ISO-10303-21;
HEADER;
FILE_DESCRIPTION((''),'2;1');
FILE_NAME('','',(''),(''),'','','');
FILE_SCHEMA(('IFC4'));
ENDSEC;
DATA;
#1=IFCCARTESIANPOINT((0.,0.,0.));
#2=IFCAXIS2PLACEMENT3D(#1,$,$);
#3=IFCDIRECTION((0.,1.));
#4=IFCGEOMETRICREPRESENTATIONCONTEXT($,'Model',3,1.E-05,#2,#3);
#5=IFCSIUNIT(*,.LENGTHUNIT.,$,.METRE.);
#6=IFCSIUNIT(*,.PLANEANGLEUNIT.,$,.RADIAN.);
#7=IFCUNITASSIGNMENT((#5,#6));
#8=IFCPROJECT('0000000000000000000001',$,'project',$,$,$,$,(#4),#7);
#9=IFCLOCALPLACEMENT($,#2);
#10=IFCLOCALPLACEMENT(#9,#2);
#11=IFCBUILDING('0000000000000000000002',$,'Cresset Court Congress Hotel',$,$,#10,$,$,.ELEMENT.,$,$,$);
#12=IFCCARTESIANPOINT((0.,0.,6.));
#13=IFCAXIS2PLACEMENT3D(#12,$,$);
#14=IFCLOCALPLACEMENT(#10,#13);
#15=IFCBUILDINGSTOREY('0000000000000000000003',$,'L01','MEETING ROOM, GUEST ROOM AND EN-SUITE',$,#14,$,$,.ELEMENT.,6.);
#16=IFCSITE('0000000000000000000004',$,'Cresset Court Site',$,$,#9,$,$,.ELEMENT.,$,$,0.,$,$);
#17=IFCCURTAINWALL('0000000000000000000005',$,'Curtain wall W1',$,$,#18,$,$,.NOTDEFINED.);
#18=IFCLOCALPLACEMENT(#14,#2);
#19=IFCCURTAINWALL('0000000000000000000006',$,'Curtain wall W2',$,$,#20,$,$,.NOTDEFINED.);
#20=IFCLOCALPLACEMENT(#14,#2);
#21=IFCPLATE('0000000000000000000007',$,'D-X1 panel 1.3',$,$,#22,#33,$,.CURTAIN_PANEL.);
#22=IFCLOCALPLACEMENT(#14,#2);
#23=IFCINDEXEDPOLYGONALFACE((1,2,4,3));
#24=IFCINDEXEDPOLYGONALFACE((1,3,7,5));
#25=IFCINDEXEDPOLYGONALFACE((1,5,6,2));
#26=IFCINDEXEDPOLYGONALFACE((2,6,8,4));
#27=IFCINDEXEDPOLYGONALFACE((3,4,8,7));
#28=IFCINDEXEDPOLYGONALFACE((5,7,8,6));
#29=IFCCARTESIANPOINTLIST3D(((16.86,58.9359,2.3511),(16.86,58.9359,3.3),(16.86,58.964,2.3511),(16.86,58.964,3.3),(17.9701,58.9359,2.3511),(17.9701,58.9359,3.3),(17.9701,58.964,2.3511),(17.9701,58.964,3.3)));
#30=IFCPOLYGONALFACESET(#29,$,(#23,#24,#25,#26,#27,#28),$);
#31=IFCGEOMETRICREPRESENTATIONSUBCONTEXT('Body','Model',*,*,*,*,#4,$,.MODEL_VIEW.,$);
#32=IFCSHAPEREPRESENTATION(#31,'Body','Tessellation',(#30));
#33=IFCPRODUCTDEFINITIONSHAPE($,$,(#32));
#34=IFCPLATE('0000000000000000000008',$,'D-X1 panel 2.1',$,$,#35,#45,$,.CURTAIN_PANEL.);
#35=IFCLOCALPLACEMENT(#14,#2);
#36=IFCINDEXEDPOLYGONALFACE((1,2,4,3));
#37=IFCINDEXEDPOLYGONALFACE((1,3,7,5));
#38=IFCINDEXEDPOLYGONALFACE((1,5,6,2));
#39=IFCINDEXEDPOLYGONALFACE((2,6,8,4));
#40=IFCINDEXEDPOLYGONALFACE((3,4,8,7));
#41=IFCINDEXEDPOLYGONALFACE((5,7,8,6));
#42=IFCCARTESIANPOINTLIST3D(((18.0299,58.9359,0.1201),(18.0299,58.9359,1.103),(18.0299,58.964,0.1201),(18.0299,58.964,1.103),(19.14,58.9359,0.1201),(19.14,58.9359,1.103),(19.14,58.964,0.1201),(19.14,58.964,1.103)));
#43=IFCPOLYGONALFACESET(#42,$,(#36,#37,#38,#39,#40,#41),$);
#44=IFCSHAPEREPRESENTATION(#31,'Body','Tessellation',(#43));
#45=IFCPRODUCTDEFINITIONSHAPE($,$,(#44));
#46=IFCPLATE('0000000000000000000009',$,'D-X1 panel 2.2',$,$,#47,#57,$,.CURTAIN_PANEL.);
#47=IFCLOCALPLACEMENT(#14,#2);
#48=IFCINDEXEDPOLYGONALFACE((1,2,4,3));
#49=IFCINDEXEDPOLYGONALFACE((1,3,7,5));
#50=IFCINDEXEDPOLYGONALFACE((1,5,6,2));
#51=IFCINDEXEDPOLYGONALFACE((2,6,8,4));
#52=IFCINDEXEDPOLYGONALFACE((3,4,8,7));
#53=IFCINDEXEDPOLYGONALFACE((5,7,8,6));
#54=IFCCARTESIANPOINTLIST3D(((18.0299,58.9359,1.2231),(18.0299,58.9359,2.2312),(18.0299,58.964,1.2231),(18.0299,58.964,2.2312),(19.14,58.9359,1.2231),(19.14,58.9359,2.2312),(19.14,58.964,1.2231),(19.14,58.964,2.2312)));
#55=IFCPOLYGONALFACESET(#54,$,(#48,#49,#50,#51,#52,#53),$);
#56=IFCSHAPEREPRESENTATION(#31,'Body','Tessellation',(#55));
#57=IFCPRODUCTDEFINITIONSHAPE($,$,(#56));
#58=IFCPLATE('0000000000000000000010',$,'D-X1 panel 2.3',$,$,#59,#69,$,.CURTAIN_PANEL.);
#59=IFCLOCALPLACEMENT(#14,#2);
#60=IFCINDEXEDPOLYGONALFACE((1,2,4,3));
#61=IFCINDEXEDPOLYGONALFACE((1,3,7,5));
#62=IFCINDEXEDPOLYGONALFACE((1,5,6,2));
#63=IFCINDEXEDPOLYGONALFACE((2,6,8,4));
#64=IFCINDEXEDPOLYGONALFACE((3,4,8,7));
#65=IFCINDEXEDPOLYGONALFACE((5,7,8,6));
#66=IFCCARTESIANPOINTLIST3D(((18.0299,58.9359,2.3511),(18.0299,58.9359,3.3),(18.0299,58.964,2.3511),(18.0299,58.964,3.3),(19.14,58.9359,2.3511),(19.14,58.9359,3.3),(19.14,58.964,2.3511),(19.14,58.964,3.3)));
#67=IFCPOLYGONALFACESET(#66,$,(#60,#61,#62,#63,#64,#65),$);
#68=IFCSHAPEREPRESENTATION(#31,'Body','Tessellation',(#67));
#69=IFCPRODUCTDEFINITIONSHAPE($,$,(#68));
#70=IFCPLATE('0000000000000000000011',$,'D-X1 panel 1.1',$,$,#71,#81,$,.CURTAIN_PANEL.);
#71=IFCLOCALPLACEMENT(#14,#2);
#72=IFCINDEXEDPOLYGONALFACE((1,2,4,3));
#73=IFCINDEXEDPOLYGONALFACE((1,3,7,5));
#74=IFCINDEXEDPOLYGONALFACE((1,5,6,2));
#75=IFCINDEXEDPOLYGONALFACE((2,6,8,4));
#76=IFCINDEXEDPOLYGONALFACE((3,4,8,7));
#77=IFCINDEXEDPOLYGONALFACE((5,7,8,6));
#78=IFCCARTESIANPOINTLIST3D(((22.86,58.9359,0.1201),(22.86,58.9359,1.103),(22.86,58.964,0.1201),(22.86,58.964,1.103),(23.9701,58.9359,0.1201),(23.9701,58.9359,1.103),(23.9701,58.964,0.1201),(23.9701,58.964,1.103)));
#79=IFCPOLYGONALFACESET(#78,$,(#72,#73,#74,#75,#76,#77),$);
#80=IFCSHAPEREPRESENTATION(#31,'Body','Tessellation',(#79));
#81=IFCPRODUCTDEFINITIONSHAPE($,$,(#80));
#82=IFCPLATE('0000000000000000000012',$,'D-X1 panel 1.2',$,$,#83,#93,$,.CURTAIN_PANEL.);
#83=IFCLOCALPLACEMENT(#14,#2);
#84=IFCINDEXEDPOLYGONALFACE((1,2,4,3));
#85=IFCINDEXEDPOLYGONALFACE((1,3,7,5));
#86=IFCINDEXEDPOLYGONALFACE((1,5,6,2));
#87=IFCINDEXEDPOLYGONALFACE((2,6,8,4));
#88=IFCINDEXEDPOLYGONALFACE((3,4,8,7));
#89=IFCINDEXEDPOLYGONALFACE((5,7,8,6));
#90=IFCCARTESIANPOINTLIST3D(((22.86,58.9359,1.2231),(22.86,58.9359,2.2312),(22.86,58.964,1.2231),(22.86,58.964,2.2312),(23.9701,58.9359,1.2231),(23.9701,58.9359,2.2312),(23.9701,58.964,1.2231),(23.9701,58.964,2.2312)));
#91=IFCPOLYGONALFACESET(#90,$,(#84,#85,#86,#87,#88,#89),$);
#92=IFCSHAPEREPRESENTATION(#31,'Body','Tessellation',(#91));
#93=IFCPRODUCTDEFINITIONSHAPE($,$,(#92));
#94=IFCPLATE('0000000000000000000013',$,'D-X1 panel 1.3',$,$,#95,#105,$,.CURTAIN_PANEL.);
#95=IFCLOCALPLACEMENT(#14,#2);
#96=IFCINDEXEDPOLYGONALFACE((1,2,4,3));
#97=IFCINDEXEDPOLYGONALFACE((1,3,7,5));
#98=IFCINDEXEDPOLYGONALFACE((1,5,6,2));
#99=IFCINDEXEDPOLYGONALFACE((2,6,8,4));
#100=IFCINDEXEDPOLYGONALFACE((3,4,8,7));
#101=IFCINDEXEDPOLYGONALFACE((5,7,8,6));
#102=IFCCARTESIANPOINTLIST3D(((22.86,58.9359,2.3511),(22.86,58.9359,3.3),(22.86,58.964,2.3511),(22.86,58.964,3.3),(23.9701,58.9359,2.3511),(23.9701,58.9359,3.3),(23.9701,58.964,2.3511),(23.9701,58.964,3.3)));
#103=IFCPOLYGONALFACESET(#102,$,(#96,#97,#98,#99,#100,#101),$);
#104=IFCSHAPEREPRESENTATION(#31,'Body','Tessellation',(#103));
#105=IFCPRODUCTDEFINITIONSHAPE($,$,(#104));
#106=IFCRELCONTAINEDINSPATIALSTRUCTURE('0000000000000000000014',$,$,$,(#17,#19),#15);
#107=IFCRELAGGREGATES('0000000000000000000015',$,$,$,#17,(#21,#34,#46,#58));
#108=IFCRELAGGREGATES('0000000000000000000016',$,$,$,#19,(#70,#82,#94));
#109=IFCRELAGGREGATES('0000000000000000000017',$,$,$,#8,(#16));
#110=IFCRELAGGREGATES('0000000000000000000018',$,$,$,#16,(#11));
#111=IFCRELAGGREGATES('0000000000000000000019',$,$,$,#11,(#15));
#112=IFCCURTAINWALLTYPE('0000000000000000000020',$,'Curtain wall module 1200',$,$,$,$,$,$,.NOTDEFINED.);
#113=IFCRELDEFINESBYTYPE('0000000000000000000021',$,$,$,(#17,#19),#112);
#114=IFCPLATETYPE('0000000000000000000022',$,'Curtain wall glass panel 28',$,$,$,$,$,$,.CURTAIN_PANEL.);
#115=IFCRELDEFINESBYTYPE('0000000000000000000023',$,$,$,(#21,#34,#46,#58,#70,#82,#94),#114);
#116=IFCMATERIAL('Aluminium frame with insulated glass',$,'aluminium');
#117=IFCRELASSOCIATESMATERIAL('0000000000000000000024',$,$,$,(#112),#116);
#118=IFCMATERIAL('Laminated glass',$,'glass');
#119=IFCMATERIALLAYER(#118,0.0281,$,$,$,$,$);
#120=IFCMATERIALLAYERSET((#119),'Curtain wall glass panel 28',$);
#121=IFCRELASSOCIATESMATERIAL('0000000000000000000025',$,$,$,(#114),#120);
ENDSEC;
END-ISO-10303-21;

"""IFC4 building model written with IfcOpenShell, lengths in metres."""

from ifc_helpers import new_model, si_unit, direction, frame, origin, origin_2d, place, context, subcontext, project, spatial, rectangle, extrude, material, layer, layer_set, type_object, element, aggregate, save


model = new_model("IFC4")

# Units and contexts
model_context = context("Model", 3, precision=1e-05, world=origin(), true_north=direction((0.0, 1.0)))
body_context = subcontext(model_context, "Body", "Model", "MODEL_VIEW")
ifc_project = project(units=[si_unit("LENGTHUNIT", "METRE"), si_unit("PLANEANGLEUNIT", "RADIAN")], contexts=[model_context])

# Site, building, storey
site_placement = place(None, origin())
site = spatial("IfcSite", under=ifc_project, at=site_placement, Name="Cresset Court Site", CompositionType="ELEMENT", RefElevation=0.0)
building_placement = place(site_placement, origin())
building = spatial("IfcBuilding", under=site, at=building_placement, Name="Cresset Court Congress Hotel", CompositionType="ELEMENT")
storey_placement = place(building_placement, frame((0.0, 0.0, 6.0)))
storey = spatial("IfcBuildingStorey", under=building, at=storey_placement, Name="L01", Description="MEETING ROOM, GUEST ROOM AND EN-SUITE", CompositionType="ELEMENT", Elevation=6.0)

# Curtain walls
ifc_material_1 = material(Name="Aluminium frame with insulated glass", Category="aluminium")
curtain_wall_type = type_object("IfcCurtainWallType", Name="Curtain wall module 1200", PredefinedType="NOTDEFINED", material=ifc_material_1)
curtain_wall_1_placement = place(storey_placement, origin())
curtain_wall_1 = element("IfcCurtainWall", 1, at=curtain_wall_1_placement, inside=storey, type_object=curtain_wall_type, Name="Curtain wall W1", PredefinedType="NOTDEFINED")
curtain_wall_2_placement = place(storey_placement, origin())
curtain_wall_2 = element("IfcCurtainWall", 2, at=curtain_wall_2_placement, inside=storey, type_object=curtain_wall_type, Name="Curtain wall W2", PredefinedType="NOTDEFINED")

# Plates
ifc_material_2 = material(Name="Laminated glass", Category="glass")
ifc_layer_1 = layer(ifc_material_2, 0.0281)
ifc_layer_set_1 = layer_set([ifc_layer_1], Name="Curtain wall glass panel 28")
plate_type = type_object("IfcPlateType", Name="Curtain wall glass panel 28", PredefinedType="CURTAIN_PANEL", material=ifc_layer_set_1)
plate_1_placement = place(storey_placement, frame((17.415, 58.95, 2.3511), z_axis=(0.0, 0.0, 1.0), x_axis=(1.0, 0.0, 0.0)))
plate_1 = element("IfcPlate", 3, at=plate_1_placement, type_object=plate_type, Name="D-X1 panel 1.3", PredefinedType="CURTAIN_PANEL", context=body_context, shape_type="SweptSolid", body=[
    extrude(rectangle(XDim=1.1101, YDim=0.0281, at=origin_2d()), origin(), (0.0, 0.0, 1.0), 0.949),
])
plate_2_placement = place(storey_placement, frame((18.585, 58.95, 0.1201), z_axis=(0.0, 0.0, 1.0), x_axis=(1.0, 0.0, 0.0)))
plate_2 = element("IfcPlate", 4, at=plate_2_placement, type_object=plate_type, Name="D-X1 panel 2.1", PredefinedType="CURTAIN_PANEL", context=body_context, shape_type="SweptSolid", body=[
    extrude(rectangle(XDim=1.1101, YDim=0.0281, at=origin_2d()), origin(), (0.0, 0.0, 1.0), 0.9829),
])
plate_3_placement = place(storey_placement, frame((18.585, 58.95, 1.2231), z_axis=(0.0, 0.0, 1.0), x_axis=(1.0, 0.0, 0.0)))
plate_3 = element("IfcPlate", 5, at=plate_3_placement, type_object=plate_type, Name="D-X1 panel 2.2", PredefinedType="CURTAIN_PANEL", context=body_context, shape_type="SweptSolid", body=[
    extrude(rectangle(XDim=1.1101, YDim=0.0281, at=origin_2d()), origin(), (0.0, 0.0, 1.0), 1.0081),
])
plate_4_placement = place(storey_placement, frame((18.585, 58.95, 2.3511), z_axis=(0.0, 0.0, 1.0), x_axis=(1.0, 0.0, 0.0)))
plate_4 = element("IfcPlate", 6, at=plate_4_placement, type_object=plate_type, Name="D-X1 panel 2.3", PredefinedType="CURTAIN_PANEL", context=body_context, shape_type="SweptSolid", body=[
    extrude(rectangle(XDim=1.1101, YDim=0.0281, at=origin_2d()), origin(), (0.0, 0.0, 1.0), 0.949),
])
aggregate(curtain_wall_1, [plate_1, plate_2, plate_3, plate_4])
plate_5_placement = place(storey_placement, frame((23.415, 58.95, 0.1201), z_axis=(0.0, 0.0, 1.0), x_axis=(1.0, 0.0, 0.0)))
plate_5 = element("IfcPlate", 7, at=plate_5_placement, type_object=plate_type, Name="D-X1 panel 1.1", PredefinedType="CURTAIN_PANEL", context=body_context, shape_type="SweptSolid", body=[
    extrude(rectangle(XDim=1.1101, YDim=0.0281, at=origin_2d()), origin(), (0.0, 0.0, 1.0), 0.9829),
])
plate_6_placement = place(storey_placement, frame((23.415, 58.95, 1.2231), z_axis=(0.0, 0.0, 1.0), x_axis=(1.0, 0.0, 0.0)))
plate_6 = element("IfcPlate", 8, at=plate_6_placement, type_object=plate_type, Name="D-X1 panel 1.2", PredefinedType="CURTAIN_PANEL", context=body_context, shape_type="SweptSolid", body=[
    extrude(rectangle(XDim=1.1101, YDim=0.0281, at=origin_2d()), origin(), (0.0, 0.0, 1.0), 1.0081),
])
plate_7_placement = place(storey_placement, frame((23.415, 58.95, 2.3511), z_axis=(0.0, 0.0, 1.0), x_axis=(1.0, 0.0, 0.0)))
plate_7 = element("IfcPlate", 9, at=plate_7_placement, type_object=plate_type, Name="D-X1 panel 1.3", PredefinedType="CURTAIN_PANEL", context=body_context, shape_type="SweptSolid", body=[
    extrude(rectangle(XDim=1.1101, YDim=0.0281, at=origin_2d()), origin(), (0.0, 0.0, 1.0), 0.949),
])
aggregate(curtain_wall_2, [plate_5, plate_6, plate_7])

save(model, "model.ifc")
